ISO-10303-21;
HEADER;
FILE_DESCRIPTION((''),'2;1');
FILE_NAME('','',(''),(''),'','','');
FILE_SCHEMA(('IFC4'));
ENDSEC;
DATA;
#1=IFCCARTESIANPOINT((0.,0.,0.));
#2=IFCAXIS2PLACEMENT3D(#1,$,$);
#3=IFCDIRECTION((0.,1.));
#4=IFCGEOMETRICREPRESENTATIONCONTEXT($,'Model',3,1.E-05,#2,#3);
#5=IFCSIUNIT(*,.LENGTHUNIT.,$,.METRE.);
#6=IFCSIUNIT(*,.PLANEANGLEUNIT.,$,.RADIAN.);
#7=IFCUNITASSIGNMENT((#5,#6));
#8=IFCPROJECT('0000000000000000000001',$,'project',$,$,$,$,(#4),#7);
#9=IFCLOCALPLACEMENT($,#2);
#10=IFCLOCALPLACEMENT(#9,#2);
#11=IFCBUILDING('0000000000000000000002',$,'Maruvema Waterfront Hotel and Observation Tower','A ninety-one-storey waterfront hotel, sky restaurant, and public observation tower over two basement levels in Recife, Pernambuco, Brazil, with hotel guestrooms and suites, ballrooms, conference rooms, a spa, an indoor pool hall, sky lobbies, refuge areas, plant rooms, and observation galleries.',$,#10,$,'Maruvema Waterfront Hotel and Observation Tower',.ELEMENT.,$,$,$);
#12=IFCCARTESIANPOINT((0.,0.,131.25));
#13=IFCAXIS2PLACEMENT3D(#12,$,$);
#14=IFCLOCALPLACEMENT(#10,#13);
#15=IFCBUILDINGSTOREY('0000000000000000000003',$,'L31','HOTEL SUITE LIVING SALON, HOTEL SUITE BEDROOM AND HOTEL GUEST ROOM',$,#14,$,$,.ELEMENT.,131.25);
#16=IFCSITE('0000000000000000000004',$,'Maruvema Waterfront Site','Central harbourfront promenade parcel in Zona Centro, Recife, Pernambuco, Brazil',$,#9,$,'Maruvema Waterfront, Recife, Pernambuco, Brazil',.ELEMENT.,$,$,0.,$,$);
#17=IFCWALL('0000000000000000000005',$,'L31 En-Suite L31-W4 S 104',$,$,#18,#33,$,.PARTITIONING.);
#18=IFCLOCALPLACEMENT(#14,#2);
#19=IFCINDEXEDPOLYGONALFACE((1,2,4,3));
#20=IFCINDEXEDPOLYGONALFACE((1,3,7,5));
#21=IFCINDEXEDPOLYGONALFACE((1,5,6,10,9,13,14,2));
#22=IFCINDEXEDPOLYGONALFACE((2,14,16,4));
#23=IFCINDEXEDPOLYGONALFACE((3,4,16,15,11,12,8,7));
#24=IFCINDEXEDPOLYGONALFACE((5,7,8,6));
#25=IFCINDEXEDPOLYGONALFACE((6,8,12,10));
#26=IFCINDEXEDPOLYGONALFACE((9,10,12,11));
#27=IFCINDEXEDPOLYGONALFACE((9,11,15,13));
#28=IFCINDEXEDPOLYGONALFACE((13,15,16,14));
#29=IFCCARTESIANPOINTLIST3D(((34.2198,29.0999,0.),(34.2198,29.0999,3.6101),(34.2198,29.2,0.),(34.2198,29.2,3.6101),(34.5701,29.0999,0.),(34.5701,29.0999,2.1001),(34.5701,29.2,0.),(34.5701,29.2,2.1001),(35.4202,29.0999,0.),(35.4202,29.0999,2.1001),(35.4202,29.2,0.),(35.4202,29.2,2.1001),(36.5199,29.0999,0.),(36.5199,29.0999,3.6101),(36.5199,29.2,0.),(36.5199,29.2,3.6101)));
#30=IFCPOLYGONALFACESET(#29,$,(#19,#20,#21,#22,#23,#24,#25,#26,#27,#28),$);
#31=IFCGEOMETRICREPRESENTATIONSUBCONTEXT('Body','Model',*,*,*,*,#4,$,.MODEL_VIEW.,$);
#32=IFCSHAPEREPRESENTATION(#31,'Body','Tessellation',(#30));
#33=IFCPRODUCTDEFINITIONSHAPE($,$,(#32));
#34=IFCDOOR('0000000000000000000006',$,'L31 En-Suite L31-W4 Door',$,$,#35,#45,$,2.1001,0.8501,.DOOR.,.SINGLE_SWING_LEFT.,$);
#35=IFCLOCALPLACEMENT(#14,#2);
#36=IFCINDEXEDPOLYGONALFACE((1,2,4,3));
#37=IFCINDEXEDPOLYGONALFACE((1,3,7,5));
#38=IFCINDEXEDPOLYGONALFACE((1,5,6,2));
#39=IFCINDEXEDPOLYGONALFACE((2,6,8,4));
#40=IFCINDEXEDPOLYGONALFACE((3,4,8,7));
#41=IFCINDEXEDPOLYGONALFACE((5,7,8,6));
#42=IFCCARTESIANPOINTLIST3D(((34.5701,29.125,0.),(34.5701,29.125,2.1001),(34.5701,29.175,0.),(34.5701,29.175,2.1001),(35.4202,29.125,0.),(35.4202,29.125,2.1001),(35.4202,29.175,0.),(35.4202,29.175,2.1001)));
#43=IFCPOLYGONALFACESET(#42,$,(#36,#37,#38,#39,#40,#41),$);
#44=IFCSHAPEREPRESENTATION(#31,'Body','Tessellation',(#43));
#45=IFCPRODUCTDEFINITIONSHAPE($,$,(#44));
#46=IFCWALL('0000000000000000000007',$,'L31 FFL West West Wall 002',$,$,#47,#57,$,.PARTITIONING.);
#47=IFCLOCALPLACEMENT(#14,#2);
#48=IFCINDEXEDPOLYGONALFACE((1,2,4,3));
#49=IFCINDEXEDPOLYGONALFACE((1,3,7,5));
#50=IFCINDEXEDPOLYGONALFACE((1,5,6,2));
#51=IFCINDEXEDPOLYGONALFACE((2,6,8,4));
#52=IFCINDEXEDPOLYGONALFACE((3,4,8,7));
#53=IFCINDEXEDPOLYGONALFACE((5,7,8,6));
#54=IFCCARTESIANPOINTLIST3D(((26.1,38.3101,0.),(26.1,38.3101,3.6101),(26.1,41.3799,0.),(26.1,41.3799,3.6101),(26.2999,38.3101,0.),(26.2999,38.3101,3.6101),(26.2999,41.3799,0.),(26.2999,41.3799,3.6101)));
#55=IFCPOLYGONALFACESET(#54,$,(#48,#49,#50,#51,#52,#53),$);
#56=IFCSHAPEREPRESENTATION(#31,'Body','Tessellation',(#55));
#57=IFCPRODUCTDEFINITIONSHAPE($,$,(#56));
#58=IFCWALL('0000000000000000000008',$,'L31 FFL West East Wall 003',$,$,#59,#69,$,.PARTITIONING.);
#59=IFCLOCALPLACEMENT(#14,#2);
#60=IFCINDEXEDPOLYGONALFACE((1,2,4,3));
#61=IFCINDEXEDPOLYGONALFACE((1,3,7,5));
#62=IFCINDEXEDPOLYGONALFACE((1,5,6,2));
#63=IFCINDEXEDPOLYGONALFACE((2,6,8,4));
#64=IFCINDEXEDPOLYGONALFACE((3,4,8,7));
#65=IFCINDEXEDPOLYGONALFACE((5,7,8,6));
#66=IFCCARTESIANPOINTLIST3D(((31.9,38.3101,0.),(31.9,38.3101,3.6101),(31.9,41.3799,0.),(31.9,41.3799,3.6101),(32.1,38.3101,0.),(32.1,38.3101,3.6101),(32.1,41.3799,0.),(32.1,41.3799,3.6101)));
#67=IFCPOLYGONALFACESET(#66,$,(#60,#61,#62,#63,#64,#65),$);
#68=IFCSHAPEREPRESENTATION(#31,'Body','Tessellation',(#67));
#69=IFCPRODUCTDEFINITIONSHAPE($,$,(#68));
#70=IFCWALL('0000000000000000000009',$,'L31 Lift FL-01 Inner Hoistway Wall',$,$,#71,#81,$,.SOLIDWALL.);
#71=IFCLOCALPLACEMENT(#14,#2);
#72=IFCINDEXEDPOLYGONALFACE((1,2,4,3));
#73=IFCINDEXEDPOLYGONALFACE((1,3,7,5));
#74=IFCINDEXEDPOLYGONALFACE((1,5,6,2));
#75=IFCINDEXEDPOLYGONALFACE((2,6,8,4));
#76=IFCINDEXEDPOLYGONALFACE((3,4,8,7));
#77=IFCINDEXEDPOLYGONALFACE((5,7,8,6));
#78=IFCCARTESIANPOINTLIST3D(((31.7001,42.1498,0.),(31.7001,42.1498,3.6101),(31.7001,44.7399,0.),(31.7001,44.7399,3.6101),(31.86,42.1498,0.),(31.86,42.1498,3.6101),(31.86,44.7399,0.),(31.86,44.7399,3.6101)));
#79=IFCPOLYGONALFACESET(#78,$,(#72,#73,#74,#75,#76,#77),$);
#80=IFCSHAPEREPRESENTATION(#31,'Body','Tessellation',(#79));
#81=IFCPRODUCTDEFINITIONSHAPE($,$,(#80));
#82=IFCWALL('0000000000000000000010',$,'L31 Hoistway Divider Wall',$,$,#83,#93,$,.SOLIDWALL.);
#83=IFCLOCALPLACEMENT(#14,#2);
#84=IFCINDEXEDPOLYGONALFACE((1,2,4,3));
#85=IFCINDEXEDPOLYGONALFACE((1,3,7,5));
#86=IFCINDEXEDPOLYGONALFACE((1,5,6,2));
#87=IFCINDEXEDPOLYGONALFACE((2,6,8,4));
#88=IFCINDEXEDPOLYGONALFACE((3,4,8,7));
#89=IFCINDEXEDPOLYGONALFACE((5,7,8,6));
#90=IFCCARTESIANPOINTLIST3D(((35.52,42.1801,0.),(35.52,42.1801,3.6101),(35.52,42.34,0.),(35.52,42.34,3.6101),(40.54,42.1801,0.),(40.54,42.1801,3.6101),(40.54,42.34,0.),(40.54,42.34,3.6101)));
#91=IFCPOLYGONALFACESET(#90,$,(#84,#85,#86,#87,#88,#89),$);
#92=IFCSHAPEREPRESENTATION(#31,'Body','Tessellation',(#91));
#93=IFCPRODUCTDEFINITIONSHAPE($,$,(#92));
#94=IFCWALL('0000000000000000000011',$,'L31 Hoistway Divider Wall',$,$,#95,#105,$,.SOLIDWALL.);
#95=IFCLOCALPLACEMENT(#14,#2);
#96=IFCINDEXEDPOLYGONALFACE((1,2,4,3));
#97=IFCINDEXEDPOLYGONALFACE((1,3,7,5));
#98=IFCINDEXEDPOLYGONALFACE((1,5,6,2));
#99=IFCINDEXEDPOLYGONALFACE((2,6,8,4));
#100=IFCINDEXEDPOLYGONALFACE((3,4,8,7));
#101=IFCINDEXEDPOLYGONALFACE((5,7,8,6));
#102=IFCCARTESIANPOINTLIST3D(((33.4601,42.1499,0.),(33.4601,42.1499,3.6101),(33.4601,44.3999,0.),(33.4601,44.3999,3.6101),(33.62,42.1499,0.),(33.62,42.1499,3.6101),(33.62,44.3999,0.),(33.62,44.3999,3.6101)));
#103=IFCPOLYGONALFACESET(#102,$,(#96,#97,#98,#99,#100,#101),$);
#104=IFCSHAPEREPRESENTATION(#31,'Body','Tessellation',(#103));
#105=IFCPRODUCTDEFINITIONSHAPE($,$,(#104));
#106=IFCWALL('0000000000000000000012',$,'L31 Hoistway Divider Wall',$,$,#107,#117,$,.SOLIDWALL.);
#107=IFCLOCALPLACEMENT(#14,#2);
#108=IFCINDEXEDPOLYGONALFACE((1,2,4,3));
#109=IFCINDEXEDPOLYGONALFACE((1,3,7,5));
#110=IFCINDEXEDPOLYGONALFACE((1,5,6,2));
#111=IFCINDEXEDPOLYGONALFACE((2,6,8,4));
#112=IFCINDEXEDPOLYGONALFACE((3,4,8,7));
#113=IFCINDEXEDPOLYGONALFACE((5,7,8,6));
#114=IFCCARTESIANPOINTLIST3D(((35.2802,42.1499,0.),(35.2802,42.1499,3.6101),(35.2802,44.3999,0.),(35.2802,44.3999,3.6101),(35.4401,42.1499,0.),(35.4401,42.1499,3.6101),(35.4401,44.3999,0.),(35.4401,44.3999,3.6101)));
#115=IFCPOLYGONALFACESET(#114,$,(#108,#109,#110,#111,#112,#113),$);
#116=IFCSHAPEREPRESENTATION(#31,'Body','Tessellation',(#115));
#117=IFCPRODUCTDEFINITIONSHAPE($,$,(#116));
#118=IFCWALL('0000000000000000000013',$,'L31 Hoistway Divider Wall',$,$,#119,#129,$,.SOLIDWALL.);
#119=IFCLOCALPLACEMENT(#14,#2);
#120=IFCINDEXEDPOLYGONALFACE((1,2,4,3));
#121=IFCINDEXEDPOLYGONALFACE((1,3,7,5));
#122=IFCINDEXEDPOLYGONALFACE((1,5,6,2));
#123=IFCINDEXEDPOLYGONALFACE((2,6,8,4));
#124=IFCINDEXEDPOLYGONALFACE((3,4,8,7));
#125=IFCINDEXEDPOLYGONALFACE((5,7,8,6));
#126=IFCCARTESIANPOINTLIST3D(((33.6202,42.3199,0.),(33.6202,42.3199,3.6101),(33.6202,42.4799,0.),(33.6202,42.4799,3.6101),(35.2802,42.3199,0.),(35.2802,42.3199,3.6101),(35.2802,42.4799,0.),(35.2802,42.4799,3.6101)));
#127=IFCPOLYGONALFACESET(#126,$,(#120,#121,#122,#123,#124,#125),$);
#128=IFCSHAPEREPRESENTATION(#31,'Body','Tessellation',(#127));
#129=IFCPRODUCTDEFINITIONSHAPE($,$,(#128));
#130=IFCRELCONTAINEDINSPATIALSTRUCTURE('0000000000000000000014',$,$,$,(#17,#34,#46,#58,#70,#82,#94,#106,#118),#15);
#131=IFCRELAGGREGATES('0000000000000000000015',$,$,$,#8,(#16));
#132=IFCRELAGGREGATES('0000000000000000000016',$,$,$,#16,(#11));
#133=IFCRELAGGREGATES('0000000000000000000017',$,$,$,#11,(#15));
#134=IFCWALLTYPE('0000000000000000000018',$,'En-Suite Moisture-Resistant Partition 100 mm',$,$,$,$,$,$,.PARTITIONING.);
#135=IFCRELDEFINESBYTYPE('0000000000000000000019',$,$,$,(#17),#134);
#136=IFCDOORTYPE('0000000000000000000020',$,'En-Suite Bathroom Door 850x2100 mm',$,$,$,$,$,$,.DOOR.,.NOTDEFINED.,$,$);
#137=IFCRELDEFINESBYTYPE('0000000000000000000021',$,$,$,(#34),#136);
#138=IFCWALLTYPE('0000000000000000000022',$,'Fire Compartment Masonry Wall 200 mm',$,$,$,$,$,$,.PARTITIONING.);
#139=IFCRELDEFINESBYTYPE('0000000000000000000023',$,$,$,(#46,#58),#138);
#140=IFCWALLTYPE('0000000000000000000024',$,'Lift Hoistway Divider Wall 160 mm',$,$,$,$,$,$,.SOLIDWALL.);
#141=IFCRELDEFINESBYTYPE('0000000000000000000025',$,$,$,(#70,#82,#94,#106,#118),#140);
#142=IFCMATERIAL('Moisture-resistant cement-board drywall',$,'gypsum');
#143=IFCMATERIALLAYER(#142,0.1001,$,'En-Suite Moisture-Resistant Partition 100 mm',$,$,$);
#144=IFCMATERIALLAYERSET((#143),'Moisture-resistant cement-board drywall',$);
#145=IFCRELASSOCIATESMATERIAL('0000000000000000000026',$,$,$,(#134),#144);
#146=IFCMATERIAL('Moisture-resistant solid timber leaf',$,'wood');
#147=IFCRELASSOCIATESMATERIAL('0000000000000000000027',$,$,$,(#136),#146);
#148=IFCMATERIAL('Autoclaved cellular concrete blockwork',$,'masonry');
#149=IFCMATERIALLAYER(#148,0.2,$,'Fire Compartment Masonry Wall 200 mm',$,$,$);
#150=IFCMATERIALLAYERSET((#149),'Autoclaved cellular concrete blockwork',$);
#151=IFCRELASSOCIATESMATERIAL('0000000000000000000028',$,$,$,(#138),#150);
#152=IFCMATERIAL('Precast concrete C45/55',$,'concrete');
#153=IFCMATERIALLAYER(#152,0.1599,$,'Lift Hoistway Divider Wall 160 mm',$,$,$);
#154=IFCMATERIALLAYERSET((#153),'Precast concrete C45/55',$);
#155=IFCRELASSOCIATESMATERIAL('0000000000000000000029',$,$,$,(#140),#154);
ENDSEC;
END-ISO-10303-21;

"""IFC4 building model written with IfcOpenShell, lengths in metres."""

from ifc_helpers import new_model, si_unit, direction, frame, frame_2d, origin, place, context, subcontext, project, spatial, rectangle, extrude, material, layer, layer_set, type_object, element, fill, save


model = new_model("IFC4")

# Units and contexts
model_context = context("Model", 3, precision=1e-05, world=origin(), true_north=direction((0.0, 1.0)))
body_context = subcontext(model_context, "Body", "Model", "MODEL_VIEW")
ifc_project = project(units=[si_unit("LENGTHUNIT", "METRE"), si_unit("PLANEANGLEUNIT", "RADIAN")], contexts=[model_context])

# Site, building, storey
site_placement = place(None, origin())
site = spatial("IfcSite", under=ifc_project, at=site_placement, Name="Maruvema Waterfront Site", Description="Central harbourfront promenade parcel in Zona Centro, Recife, Pernambuco, Brazil", LongName="Maruvema Waterfront, Recife, Pernambuco, Brazil", CompositionType="ELEMENT", RefElevation=0.0)
building_placement = place(site_placement, origin())
building = spatial("IfcBuilding", under=site, at=building_placement, Name="Maruvema Waterfront Hotel and Observation Tower", Description="A ninety-one-storey waterfront hotel, sky restaurant, and public observation tower over two basement levels in Recife, Pernambuco, Brazil, with hotel guestrooms and suites, ballrooms, conference rooms, a spa, an indoor pool hall, sky lobbies, refuge areas, plant rooms, and observation galleries.", LongName="Maruvema Waterfront Hotel and Observation Tower", CompositionType="ELEMENT")
storey_placement = place(building_placement, frame((0.0, 0.0, 131.25)))
storey = spatial("IfcBuildingStorey", under=building, at=storey_placement, Name="L31", Description="HOTEL SUITE LIVING SALON, HOTEL SUITE BEDROOM AND HOTEL GUEST ROOM", CompositionType="ELEMENT", Elevation=131.25)

# Shared definitions
ifc_material_1 = material(Name="Moisture-resistant cement-board drywall", Category="gypsum")
ifc_layer_1 = layer(ifc_material_1, 0.1001, Name="En-Suite Moisture-Resistant Partition 100 mm")
ifc_layer_set_1 = layer_set([ifc_layer_1], Name="Moisture-resistant cement-board drywall")
wall_type_1 = type_object("IfcWallType", Name="En-Suite Moisture-Resistant Partition 100 mm", PredefinedType="PARTITIONING", material=ifc_layer_set_1)

# Wall, opening, door
wall_1_placement = place(storey_placement, frame((34.22, 29.1499, 0.0), z_axis=(0.0, 0.0, 1.0), x_axis=(1.0, 0.0, 0.0)))
wall_1 = element("IfcWall", 1, at=wall_1_placement, inside=storey, type_object=wall_type_1, Name="L31 En-Suite L31-W4 S 104", PredefinedType="PARTITIONING", context=body_context, shape_type="SweptSolid", body=[
    extrude(rectangle(XDim=2.3, YDim=0.1001, at=frame_2d((1.1499, 0.0))), origin(), (0.0, 0.0, 1.0), 3.6101),
])
opening_1_placement = place(wall_1_placement, frame((0.3501, 0.0, 0.0)))
opening_1 = element("IfcOpeningElement", 2, at=opening_1_placement, cuts=wall_1, PredefinedType="OPENING", context=body_context, shape_type="SweptSolid", body=[
    extrude(rectangle(XDim=0.8501, YDim=2.1001, at=frame_2d((0.425, 1.05))), frame((0.0, 0.0601, 0.0), z_axis=(0.0, -1.0, 0.0), x_axis=(1.0, 0.0, 0.0)), (0.0, 0.0, 1.0), 0.1201),
])
ifc_material_2 = material(Name="Moisture-resistant solid timber leaf", Category="wood")
door_type_1 = type_object("IfcDoorType", Name="En-Suite Bathroom Door 850x2100 mm", OperationType="NOTDEFINED", PredefinedType="DOOR", material=ifc_material_2)
door_1_placement = place(opening_1_placement, frame((0.8501, 0.0, 0.0), z_axis=(0.0, 0.0, 1.0), x_axis=(-1.0, 0.0, 0.0)))
door_1 = element("IfcDoor", 3, at=door_1_placement, inside=storey, type_object=door_type_1, Name="L31 En-Suite L31-W4 Door", OperationType="SINGLE_SWING_LEFT", OverallHeight=2.1001, OverallWidth=0.8501, PredefinedType="DOOR", context=body_context, shape_type="SweptSolid", body=[
    extrude(rectangle(XDim=0.8501, YDim=2.1001, at=frame_2d((0.425, 1.05))), frame((0.0, 0.0249, 0.0), z_axis=(0.0, -1.0, 0.0), x_axis=(1.0, 0.0, 0.0)), (0.0, 0.0, 1.0), 0.05),
])
fill(opening_1, door_1)
ifc_material_3 = material(Name="Autoclaved cellular concrete blockwork", Category="masonry")
ifc_layer_2 = layer(ifc_material_3, 0.2, Name="Fire Compartment Masonry Wall 200 mm")
ifc_layer_set_2 = layer_set([ifc_layer_2], Name="Autoclaved cellular concrete blockwork")
wall_type_2 = type_object("IfcWallType", Name="Fire Compartment Masonry Wall 200 mm", PredefinedType="PARTITIONING", material=ifc_layer_set_2)

# Walls
for number, where, z_axis, x_axis, name in (
    (4, (26.2, 38.3101, 0.0), (0.0, 0.0, 1.0), (0.0, 1.0, 0.0), "L31 FFL West West Wall 002"),
    (5, (32.0, 38.3101, 0.0), (0.0, 0.0, 1.0), (0.0, 1.0, 0.0), "L31 FFL West East Wall 003"),
):
    element("IfcWall", number, at=place(storey_placement, frame(where, z_axis=z_axis, x_axis=x_axis)), inside=storey, type_object=wall_type_2, Name=name, PredefinedType="PARTITIONING", context=body_context, shape_type="SweptSolid", body=[
        extrude(rectangle(XDim=3.0698, YDim=0.2, at=frame_2d((1.5349, 0.0))), origin(), (0.0, 0.0, 1.0), 3.6101),
    ])
ifc_material_4 = material(Name="Precast concrete C45/55", Category="concrete")
ifc_layer_3 = layer(ifc_material_4, 0.1599, Name="Lift Hoistway Divider Wall 160 mm")
ifc_layer_set_3 = layer_set([ifc_layer_3], Name="Precast concrete C45/55")
wall_type_3 = type_object("IfcWallType", Name="Lift Hoistway Divider Wall 160 mm", PredefinedType="SOLIDWALL", material=ifc_layer_set_3)
wall_2_placement = place(storey_placement, frame((31.78, 42.1499, 0.0), z_axis=(0.0, 0.0, 1.0), x_axis=(0.0, 1.0, 0.0)))
element("IfcWall", 6, at=wall_2_placement, inside=storey, type_object=wall_type_3, Name="L31 Lift FL-01 Inner Hoistway Wall", PredefinedType="SOLIDWALL", context=body_context, shape_type="SweptSolid", body=[
    extrude(rectangle(XDim=2.5901, YDim=0.1599, at=frame_2d((1.2949, 0.0))), origin(), (0.0, 0.0, 1.0), 3.6101),
])
wall_3_placement = place(storey_placement, frame((35.52, 42.26, 0.0), z_axis=(0.0, 0.0, 1.0), x_axis=(1.0, 0.0, 0.0)))
element("IfcWall", 7, at=wall_3_placement, inside=storey, type_object=wall_type_3, Name="L31 Hoistway Divider Wall", PredefinedType="SOLIDWALL", context=body_context, shape_type="SweptSolid", body=[
    extrude(rectangle(XDim=5.02, YDim=0.1599, at=frame_2d((2.51, 0.0))), origin(), (0.0, 0.0, 1.0), 3.6101),
])
for number, where, z_axis, x_axis, name in (
    (8, (33.54, 42.1499, 0.0), (0.0, 0.0, 1.0), (0.0, 1.0, 0.0), "L31 Hoistway Divider Wall"),
    (9, (35.3601, 42.1499, 0.0), (0.0, 0.0, 1.0), (0.0, 1.0, 0.0), "L31 Hoistway Divider Wall"),
):
    element("IfcWall", number, at=place(storey_placement, frame(where, z_axis=z_axis, x_axis=x_axis)), inside=storey, type_object=wall_type_3, Name=name, PredefinedType="SOLIDWALL", context=body_context, shape_type="SweptSolid", body=[
        extrude(rectangle(XDim=2.25, YDim=0.1599, at=frame_2d((1.125, 0.0))), origin(), (0.0, 0.0, 1.0), 3.6101),
    ])
wall_4_placement = place(storey_placement, frame((33.6201, 42.3999, 0.0), z_axis=(0.0, 0.0, 1.0), x_axis=(1.0, 0.0, 0.0)))
element("IfcWall", 10, at=wall_4_placement, inside=storey, type_object=wall_type_3, Name="L31 Hoistway Divider Wall", PredefinedType="SOLIDWALL", context=body_context, shape_type="SweptSolid", body=[
    extrude(rectangle(XDim=1.6599, YDim=0.1599, at=frame_2d((0.8301, 0.0))), origin(), (0.0, 0.0, 1.0), 3.6101),
])

save(model, "model.ifc")
